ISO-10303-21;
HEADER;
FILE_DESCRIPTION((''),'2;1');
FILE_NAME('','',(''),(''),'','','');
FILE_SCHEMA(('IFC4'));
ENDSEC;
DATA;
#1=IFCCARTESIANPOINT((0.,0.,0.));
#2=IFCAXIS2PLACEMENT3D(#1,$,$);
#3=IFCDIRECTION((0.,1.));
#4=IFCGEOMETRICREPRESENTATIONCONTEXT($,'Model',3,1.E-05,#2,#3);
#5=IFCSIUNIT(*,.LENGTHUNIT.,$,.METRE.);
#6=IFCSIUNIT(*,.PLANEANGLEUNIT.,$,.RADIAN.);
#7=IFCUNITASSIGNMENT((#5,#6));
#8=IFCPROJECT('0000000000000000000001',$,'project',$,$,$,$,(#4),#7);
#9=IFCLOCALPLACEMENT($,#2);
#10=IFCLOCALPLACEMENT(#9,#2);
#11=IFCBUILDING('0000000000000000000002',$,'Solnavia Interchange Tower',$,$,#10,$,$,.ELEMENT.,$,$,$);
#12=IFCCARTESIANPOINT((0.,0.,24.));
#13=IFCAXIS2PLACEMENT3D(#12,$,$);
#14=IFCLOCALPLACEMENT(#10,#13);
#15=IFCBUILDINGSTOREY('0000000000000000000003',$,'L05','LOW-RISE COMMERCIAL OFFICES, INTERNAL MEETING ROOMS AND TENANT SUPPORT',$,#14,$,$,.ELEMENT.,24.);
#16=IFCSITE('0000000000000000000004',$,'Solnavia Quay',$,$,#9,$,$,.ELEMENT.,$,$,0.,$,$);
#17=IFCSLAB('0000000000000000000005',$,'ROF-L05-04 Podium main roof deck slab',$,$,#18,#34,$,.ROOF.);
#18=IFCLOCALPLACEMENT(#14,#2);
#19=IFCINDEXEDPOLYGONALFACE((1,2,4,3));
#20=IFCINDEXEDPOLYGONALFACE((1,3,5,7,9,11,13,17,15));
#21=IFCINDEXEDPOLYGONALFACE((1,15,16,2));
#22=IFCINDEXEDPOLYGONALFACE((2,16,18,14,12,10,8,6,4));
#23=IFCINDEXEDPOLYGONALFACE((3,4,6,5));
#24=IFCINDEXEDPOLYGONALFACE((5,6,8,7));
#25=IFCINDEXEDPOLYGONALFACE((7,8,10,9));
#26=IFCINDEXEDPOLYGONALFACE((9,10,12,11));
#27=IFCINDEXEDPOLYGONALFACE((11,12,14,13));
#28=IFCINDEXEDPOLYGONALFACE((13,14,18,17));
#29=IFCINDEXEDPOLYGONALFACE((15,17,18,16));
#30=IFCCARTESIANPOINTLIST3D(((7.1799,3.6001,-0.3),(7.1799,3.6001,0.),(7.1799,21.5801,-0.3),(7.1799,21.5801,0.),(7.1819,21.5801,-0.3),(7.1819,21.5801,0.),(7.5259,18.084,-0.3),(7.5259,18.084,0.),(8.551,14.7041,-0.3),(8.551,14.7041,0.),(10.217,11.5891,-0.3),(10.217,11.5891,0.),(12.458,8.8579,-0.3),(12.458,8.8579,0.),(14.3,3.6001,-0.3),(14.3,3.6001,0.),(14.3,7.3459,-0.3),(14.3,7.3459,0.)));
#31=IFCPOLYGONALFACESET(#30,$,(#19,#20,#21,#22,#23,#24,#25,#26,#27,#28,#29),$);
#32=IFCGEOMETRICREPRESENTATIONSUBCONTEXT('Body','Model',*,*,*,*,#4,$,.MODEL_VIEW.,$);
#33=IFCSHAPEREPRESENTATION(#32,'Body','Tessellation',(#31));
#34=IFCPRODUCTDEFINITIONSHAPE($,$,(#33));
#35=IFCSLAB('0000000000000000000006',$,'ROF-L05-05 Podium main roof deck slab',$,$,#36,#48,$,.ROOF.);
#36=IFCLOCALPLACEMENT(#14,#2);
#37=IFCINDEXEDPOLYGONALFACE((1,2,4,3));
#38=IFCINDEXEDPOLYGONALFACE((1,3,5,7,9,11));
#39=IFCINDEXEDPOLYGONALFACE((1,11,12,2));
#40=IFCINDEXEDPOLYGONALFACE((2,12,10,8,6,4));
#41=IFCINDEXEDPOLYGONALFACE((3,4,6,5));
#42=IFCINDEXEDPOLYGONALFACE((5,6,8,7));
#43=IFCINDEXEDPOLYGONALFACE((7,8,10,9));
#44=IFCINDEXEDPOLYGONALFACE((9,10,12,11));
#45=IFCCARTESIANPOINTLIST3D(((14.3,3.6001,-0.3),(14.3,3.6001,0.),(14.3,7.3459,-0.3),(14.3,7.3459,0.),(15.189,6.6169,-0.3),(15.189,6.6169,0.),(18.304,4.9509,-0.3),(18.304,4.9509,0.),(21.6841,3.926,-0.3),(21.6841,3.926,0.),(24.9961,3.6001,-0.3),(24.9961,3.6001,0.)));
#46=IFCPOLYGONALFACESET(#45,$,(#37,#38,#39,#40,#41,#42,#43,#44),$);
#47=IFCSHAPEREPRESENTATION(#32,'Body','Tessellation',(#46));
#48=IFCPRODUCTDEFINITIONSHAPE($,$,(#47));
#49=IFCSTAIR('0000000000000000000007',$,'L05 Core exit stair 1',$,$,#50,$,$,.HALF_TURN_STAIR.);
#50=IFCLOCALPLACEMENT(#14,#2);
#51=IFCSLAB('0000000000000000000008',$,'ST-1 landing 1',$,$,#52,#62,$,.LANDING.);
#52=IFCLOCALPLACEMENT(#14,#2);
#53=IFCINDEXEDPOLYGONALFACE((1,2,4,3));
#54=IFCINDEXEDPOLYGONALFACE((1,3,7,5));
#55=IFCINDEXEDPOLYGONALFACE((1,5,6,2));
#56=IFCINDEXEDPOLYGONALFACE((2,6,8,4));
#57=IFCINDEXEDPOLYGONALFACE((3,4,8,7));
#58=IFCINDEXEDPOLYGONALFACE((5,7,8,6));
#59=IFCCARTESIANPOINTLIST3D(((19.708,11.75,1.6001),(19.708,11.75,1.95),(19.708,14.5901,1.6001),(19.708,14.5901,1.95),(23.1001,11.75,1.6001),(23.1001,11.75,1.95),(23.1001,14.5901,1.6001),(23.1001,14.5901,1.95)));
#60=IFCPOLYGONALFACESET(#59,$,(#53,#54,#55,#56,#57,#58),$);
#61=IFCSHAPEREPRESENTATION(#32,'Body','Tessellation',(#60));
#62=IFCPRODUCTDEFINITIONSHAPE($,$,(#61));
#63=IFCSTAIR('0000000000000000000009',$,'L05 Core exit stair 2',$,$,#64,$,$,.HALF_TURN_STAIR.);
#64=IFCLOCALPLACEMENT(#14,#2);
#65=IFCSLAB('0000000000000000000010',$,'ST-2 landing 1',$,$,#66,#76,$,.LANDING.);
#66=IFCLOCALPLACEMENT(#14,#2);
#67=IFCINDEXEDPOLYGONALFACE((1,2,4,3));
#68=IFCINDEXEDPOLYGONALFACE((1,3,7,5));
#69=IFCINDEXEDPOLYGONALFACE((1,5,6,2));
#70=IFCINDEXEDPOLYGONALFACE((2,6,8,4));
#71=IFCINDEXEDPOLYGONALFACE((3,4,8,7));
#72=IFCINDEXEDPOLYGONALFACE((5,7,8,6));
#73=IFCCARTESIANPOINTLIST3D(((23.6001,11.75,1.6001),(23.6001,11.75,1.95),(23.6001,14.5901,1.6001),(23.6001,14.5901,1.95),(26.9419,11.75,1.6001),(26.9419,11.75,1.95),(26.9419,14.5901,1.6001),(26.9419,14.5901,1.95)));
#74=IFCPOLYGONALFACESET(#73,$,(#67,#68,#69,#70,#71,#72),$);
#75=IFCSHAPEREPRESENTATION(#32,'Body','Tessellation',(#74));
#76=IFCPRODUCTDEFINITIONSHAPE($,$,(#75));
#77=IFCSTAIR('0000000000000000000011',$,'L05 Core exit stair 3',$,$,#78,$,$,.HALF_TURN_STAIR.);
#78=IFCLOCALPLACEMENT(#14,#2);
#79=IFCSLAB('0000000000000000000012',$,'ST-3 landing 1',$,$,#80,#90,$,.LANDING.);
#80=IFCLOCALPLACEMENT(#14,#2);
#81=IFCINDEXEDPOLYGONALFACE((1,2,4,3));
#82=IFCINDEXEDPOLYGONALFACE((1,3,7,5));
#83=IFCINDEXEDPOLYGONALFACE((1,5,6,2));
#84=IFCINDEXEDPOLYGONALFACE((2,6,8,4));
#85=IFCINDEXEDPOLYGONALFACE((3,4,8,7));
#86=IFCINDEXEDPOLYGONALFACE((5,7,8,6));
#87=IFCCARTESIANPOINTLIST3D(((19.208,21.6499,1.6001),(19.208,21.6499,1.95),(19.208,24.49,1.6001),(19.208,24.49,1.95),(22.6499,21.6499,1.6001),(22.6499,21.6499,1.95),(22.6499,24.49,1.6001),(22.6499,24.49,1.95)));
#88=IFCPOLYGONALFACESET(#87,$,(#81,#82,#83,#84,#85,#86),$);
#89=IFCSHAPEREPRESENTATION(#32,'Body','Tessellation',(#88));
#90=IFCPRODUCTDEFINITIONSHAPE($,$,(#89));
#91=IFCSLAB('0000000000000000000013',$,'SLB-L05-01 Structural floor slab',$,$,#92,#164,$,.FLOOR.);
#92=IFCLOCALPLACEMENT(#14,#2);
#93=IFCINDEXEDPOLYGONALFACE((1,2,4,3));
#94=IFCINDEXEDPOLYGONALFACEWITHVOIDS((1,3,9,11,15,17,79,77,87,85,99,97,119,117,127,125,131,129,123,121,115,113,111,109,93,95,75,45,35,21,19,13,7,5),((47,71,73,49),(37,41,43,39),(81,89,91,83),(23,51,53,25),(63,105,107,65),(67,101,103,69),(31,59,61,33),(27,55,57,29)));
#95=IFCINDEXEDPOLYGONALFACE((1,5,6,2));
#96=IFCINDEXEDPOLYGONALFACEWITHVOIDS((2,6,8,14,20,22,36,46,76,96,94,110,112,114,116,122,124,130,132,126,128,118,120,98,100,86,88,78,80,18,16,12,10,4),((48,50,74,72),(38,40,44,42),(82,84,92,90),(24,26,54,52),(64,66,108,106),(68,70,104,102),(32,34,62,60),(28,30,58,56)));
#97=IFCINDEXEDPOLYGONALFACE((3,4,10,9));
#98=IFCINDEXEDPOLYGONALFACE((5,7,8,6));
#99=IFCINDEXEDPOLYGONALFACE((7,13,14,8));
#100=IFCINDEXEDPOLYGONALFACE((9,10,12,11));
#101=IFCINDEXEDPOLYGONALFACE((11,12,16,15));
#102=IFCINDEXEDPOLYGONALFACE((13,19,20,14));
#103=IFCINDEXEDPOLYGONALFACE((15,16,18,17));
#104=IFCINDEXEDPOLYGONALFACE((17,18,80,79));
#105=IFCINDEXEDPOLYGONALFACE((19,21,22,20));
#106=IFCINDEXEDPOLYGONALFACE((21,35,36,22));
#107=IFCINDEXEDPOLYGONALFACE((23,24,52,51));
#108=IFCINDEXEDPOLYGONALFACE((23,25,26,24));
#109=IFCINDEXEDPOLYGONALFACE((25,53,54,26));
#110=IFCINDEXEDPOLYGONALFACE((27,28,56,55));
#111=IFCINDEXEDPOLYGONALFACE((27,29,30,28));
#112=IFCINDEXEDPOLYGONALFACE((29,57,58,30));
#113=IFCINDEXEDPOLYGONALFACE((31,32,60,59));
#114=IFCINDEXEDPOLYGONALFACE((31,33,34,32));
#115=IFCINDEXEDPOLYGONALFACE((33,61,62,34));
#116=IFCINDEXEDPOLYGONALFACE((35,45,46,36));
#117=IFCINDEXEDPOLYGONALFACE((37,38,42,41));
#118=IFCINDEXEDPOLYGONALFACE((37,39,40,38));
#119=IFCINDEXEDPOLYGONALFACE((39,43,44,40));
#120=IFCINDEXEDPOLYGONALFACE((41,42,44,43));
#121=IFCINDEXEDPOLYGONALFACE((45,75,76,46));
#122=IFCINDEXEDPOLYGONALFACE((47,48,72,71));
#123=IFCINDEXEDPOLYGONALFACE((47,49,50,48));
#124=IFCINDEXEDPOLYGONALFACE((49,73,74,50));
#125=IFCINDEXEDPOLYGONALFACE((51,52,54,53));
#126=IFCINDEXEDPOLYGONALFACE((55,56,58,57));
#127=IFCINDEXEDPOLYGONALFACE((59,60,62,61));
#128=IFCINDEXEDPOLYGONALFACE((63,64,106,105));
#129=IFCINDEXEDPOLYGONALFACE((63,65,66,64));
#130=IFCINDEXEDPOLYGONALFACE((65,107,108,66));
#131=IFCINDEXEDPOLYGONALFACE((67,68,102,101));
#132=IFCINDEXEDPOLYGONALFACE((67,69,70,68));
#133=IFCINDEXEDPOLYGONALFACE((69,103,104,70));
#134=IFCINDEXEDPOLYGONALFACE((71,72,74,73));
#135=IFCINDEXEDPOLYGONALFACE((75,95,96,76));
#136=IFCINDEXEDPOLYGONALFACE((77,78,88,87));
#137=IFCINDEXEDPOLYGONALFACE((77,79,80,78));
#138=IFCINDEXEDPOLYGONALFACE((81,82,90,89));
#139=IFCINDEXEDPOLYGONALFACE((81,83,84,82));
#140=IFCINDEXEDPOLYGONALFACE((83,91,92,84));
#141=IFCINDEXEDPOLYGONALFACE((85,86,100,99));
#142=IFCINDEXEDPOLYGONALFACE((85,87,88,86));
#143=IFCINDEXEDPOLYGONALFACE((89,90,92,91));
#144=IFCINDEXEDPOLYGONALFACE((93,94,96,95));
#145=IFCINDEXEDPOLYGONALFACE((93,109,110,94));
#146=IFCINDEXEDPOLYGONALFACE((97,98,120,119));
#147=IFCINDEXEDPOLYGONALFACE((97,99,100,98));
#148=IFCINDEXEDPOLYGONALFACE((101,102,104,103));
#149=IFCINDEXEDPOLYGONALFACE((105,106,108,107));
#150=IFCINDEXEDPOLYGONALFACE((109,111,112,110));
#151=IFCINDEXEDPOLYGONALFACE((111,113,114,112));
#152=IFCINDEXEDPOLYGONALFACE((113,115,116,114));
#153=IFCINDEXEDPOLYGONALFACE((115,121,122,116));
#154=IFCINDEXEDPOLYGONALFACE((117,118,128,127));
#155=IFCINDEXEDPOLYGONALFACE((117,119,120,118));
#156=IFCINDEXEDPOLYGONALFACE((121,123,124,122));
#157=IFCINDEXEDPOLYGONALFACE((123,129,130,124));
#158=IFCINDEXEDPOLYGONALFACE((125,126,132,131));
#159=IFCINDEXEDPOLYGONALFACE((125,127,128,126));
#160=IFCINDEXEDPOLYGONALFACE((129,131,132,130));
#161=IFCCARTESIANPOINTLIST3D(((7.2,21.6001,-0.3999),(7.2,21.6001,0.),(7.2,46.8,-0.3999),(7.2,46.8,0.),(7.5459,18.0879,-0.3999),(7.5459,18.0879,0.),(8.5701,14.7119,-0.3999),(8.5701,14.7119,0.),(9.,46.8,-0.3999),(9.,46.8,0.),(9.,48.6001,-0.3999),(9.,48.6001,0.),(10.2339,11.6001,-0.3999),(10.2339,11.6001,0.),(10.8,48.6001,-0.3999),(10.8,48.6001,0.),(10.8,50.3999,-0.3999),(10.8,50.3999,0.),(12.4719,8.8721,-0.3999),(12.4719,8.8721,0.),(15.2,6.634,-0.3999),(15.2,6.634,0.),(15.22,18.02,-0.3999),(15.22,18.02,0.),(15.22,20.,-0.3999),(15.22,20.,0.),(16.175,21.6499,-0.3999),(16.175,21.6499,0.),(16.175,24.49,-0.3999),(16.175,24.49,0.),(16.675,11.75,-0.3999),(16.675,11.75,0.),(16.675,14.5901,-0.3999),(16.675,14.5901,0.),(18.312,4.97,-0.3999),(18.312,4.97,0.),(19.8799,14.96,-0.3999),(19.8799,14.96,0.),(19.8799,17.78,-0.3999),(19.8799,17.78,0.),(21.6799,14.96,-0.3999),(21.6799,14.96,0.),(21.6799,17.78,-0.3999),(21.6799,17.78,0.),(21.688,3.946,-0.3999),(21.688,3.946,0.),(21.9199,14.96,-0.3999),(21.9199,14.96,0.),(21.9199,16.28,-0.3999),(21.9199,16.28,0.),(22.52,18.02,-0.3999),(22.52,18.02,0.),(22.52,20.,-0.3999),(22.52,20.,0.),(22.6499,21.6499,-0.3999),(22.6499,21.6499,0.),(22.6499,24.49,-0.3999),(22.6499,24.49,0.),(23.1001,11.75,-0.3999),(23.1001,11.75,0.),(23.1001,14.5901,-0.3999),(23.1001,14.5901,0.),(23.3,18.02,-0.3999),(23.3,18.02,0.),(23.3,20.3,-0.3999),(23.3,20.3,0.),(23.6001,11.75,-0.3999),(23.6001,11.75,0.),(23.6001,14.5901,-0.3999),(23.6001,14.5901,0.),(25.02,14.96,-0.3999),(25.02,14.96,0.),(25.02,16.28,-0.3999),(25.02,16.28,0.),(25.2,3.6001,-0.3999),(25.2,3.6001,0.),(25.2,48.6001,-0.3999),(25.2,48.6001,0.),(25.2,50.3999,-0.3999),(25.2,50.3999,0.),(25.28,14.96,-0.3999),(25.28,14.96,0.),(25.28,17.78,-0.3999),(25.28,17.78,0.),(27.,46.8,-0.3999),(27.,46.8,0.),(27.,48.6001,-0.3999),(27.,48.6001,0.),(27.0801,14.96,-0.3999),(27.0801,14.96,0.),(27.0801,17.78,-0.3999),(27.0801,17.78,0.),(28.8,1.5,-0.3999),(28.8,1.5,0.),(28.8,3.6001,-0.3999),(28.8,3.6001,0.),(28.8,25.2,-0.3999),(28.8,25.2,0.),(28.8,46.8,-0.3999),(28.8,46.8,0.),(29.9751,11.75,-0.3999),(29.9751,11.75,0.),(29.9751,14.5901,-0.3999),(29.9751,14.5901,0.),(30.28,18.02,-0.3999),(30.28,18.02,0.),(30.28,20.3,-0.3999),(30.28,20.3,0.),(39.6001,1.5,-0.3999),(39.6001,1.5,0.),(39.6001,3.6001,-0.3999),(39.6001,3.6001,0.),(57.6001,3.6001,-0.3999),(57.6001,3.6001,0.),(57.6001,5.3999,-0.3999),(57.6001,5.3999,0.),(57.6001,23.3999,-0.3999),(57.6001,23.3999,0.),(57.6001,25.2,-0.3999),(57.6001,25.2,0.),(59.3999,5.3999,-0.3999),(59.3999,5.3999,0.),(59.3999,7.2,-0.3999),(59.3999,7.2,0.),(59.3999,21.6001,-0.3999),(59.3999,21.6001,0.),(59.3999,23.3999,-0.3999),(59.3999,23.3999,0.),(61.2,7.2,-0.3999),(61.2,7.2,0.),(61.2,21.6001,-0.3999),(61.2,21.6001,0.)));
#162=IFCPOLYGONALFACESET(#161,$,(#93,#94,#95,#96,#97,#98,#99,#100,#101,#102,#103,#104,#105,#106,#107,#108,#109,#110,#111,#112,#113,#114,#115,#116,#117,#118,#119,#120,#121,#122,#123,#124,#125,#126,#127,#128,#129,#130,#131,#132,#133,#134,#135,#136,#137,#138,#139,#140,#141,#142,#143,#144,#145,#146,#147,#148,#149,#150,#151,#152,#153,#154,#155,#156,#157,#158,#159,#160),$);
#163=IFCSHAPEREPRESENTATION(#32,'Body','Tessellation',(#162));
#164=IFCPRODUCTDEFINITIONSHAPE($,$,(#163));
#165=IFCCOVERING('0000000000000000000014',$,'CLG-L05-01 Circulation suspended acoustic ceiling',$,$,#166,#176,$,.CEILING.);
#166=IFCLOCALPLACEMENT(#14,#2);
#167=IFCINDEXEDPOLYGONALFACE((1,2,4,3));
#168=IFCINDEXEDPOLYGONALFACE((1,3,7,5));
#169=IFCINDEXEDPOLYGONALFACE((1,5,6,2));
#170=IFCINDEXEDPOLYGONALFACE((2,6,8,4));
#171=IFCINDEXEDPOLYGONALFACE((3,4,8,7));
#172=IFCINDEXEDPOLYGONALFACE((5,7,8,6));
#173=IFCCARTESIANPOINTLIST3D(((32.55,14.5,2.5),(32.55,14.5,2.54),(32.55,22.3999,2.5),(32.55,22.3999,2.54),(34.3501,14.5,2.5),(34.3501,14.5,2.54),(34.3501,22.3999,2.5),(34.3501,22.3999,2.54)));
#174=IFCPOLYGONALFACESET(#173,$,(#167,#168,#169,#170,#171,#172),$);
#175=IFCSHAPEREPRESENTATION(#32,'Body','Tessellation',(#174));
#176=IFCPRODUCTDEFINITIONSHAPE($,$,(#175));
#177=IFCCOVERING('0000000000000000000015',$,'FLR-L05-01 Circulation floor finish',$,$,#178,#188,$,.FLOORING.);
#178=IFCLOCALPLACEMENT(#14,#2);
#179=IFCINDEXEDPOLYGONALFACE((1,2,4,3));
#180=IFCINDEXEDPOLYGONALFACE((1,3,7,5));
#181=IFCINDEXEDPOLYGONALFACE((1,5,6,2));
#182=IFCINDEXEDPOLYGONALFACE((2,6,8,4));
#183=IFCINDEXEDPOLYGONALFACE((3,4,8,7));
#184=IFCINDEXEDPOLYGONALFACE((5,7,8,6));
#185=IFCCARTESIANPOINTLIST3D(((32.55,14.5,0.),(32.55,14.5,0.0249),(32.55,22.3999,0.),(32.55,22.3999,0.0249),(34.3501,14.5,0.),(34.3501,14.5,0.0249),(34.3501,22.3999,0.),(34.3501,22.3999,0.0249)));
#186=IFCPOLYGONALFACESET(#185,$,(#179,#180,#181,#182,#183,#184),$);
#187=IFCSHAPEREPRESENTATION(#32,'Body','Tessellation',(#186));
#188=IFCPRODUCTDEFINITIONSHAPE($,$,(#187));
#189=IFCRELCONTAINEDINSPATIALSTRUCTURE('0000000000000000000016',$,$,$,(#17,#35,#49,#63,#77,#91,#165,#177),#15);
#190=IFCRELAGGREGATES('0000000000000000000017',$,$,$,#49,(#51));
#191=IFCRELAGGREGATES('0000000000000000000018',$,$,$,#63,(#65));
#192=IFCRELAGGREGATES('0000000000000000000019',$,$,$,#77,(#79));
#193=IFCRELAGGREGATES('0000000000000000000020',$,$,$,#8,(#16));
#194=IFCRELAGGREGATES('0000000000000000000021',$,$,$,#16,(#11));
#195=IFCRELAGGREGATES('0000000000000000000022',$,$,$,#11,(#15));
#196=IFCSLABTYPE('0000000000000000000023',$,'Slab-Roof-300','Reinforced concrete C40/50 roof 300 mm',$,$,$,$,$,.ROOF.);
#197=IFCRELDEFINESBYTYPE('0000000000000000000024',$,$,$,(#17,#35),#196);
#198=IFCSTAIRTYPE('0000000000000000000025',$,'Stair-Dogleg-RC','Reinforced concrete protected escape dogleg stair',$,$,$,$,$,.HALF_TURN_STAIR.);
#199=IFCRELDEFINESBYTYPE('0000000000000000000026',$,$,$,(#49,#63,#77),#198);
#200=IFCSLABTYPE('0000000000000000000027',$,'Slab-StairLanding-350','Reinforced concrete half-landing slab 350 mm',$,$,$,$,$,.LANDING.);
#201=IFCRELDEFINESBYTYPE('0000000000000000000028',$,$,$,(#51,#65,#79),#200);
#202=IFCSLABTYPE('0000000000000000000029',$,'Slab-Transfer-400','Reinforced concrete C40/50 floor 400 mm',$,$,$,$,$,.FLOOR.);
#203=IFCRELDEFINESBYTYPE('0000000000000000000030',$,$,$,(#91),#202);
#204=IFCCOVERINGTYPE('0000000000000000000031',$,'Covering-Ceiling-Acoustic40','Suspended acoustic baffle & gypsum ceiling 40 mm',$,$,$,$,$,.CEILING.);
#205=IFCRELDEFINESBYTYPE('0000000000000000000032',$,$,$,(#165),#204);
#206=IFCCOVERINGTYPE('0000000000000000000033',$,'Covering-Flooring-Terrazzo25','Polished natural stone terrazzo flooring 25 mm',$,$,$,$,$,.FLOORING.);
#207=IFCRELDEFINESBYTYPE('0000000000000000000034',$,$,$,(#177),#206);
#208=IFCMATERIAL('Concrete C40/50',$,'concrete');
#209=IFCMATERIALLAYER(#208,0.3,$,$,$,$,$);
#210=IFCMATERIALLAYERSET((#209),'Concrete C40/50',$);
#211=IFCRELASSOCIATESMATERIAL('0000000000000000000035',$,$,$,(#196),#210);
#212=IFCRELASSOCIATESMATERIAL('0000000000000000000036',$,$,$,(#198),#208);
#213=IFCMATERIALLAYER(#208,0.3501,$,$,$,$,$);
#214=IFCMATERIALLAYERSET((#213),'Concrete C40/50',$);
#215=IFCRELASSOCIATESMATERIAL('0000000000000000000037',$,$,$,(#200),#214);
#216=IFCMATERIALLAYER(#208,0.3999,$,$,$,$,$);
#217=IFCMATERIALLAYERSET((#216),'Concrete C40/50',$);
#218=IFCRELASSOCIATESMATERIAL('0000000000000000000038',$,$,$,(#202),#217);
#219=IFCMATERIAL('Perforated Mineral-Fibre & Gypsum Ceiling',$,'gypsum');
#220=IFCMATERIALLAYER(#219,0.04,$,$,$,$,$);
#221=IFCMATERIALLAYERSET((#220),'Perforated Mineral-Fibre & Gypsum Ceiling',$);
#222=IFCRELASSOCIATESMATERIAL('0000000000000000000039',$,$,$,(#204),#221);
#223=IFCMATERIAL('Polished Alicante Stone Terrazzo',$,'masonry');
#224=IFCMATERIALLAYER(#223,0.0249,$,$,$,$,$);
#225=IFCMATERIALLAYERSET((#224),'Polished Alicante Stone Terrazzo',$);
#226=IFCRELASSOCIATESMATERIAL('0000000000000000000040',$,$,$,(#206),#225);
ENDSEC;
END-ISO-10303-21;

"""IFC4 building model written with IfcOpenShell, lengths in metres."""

from ifc_helpers import new_model, si_unit, direction, frame, origin, place, context, subcontext, project, spatial, polyline, outline, extrude, material, layer, layer_set, type_object, element, aggregate, save


model = new_model("IFC4")

# Units and contexts
model_context = context("Model", 3, precision=1e-05, world=origin(), true_north=direction((0.0, 1.0)))
body_context = subcontext(model_context, "Body", "Model", "MODEL_VIEW")
ifc_project = project(units=[si_unit("LENGTHUNIT", "METRE"), si_unit("PLANEANGLEUNIT", "RADIAN")], contexts=[model_context])

# Site, building, storey
site_placement = place(None, origin())
site = spatial("IfcSite", under=ifc_project, at=site_placement, Name="Solnavia Quay", CompositionType="ELEMENT", RefElevation=0.0)
building_placement = place(site_placement, origin())
building = spatial("IfcBuilding", under=site, at=building_placement, Name="Solnavia Interchange Tower", CompositionType="ELEMENT")
storey_placement = place(building_placement, frame((0.0, 0.0, 24.0)))
storey = spatial("IfcBuildingStorey", under=building, at=storey_placement, Name="L05", Description="LOW-RISE COMMERCIAL OFFICES, INTERNAL MEETING ROOMS AND TENANT SUPPORT", CompositionType="ELEMENT", Elevation=24.0)

# Shared definitions
ifc_material_1 = material(Name="Concrete C40/50", Category="concrete")
ifc_layer_1 = layer(ifc_material_1, 0.3)
ifc_layer_set_1 = layer_set([ifc_layer_1], Name="Concrete C40/50")
slab_type_1 = type_object("IfcSlabType", Name="Slab-Roof-300", Description="Reinforced concrete C40/50 roof 300 mm", PredefinedType="ROOF", material=ifc_layer_set_1)

# Slabs
slab_1_placement = place(storey_placement, frame((0.0, 0.0, -0.3)))
element("IfcSlab", 1, at=slab_1_placement, inside=storey, type_object=slab_type_1, Name="ROF-L05-04 Podium main roof deck slab", PredefinedType="ROOF", context=body_context, shape_type="SweptSolid", body=[
    extrude(outline(polyline([(7.5259, 18.084), (8.551, 14.7041), (10.217, 11.5891), (12.458, 8.8579), (14.3, 7.3459), (14.3, 3.6001), (7.1799, 3.6001), (7.1799, 21.5801), (7.1819, 21.5801), (7.5259, 18.084)])), origin(), (0.0, 0.0, 1.0), 0.3),
])
slab_2_placement = place(storey_placement, frame((0.0, 0.0, -0.3)))
element("IfcSlab", 2, at=slab_2_placement, inside=storey, type_object=slab_type_1, Name="ROF-L05-05 Podium main roof deck slab", PredefinedType="ROOF", context=body_context, shape_type="SweptSolid", body=[
    extrude(outline(polyline([(15.189, 6.6169), (18.304, 4.9509), (21.6841, 3.926), (24.9961, 3.6001), (14.3, 3.6001), (14.3, 7.3459), (15.189, 6.6169)])), origin(), (0.0, 0.0, 1.0), 0.3),
])

# Stairs, slabs
stair_type = type_object("IfcStairType", Name="Stair-Dogleg-RC", Description="Reinforced concrete protected escape dogleg stair", PredefinedType="HALF_TURN_STAIR", material=ifc_material_1)
stair_1_placement = place(storey_placement, origin())
stair_1 = element("IfcStair", 3, at=stair_1_placement, inside=storey, type_object=stair_type, Name="L05 Core exit stair 1", PredefinedType="HALF_TURN_STAIR")
ifc_layer_2 = layer(ifc_material_1, 0.3501)
ifc_layer_set_2 = layer_set([ifc_layer_2], Name="Concrete C40/50")
slab_type_2 = type_object("IfcSlabType", Name="Slab-StairLanding-350", Description="Reinforced concrete half-landing slab 350 mm", PredefinedType="LANDING", material=ifc_layer_set_2)
slab_3_placement = place(storey_placement, frame((0.0, 0.0, 1.6001)))
slab_3 = element("IfcSlab", 4, at=slab_3_placement, type_object=slab_type_2, Name="ST-1 landing 1", PredefinedType="LANDING", context=body_context, shape_type="SweptSolid", body=[
    extrude(outline(polyline([(19.708, 11.75), (23.1001, 11.75), (23.1001, 14.5901), (19.708, 14.5901), (19.708, 11.75)])), origin(), (0.0, 0.0, 1.0), 0.3499),
])
aggregate(stair_1, [slab_3])
stair_2_placement = place(storey_placement, origin())
stair_2 = element("IfcStair", 5, at=stair_2_placement, inside=storey, type_object=stair_type, Name="L05 Core exit stair 2", PredefinedType="HALF_TURN_STAIR")
slab_4_placement = place(storey_placement, frame((0.0, 0.0, 1.6001)))
slab_4 = element("IfcSlab", 6, at=slab_4_placement, type_object=slab_type_2, Name="ST-2 landing 1", PredefinedType="LANDING", context=body_context, shape_type="SweptSolid", body=[
    extrude(outline(polyline([(23.6001, 11.75), (26.9419, 11.75), (26.9419, 14.5901), (23.6001, 14.5901), (23.6001, 11.75)])), origin(), (0.0, 0.0, 1.0), 0.3499),
])
aggregate(stair_2, [slab_4])
stair_3_placement = place(storey_placement, origin())
stair_3 = element("IfcStair", 7, at=stair_3_placement, inside=storey, type_object=stair_type, Name="L05 Core exit stair 3", PredefinedType="HALF_TURN_STAIR")
slab_5_placement = place(storey_placement, frame((0.0, 0.0, 1.6001)))
slab_5 = element("IfcSlab", 8, at=slab_5_placement, type_object=slab_type_2, Name="ST-3 landing 1", PredefinedType="LANDING", context=body_context, shape_type="SweptSolid", body=[
    extrude(outline(polyline([(19.208, 21.6499), (22.6499, 21.6499), (22.6499, 24.49), (19.208, 24.49), (19.208, 21.6499)])), origin(), (0.0, 0.0, 1.0), 0.3499),
])
aggregate(stair_3, [slab_5])

# Slab
ifc_layer_3 = layer(ifc_material_1, 0.3999)
ifc_layer_set_3 = layer_set([ifc_layer_3], Name="Concrete C40/50")
slab_type_3 = type_object("IfcSlabType", Name="Slab-Transfer-400", Description="Reinforced concrete C40/50 floor 400 mm", PredefinedType="FLOOR", material=ifc_layer_set_3)
slab_6_placement = place(storey_placement, frame((0.0, 0.0, -0.3999)))
element("IfcSlab", 9, at=slab_6_placement, inside=storey, type_object=slab_type_3, Name="SLB-L05-01 Structural floor slab", PredefinedType="FLOOR", context=body_context, shape_type="SweptSolid", body=[
    extrude(outline(polyline([(25.2, 3.6001), (28.8, 3.6001), (28.8, 1.5), (39.6001, 1.5), (39.6001, 3.6001), (57.6001, 3.6001), (57.6001, 5.3999), (59.3999, 5.3999), (59.3999, 7.2), (61.2, 7.2), (61.2, 21.6001), (59.3999, 21.6001), (59.3999, 23.3999), (57.6001, 23.3999), (57.6001, 25.2), (28.8, 25.2), (28.8, 46.8), (27.0, 46.8), (27.0, 48.6001), (25.2, 48.6001), (25.2, 50.3999), (10.8, 50.3999), (10.8, 48.6001), (9.0, 48.6001), (9.0, 46.8), (7.2, 46.8), (7.2, 21.6001), (7.5459, 18.0879), (8.5701, 14.7119), (10.2339, 11.6001), (12.4719, 8.8721), (15.2, 6.634), (18.312, 4.97), (21.688, 3.946), (25.2, 3.6001)]), holes=[polyline([(16.675, 11.75), (23.1001, 11.75), (23.1001, 14.5901), (16.675, 14.5901), (16.675, 11.75)]), polyline([(23.6001, 11.75), (29.9751, 11.75), (29.9751, 14.5901), (23.6001, 14.5901), (23.6001, 11.75)]), polyline([(16.175, 21.6499), (22.6499, 21.6499), (22.6499, 24.49), (16.175, 24.49), (16.175, 21.6499)]), polyline([(19.8799, 14.96), (21.6799, 14.96), (21.6799, 17.78), (19.8799, 17.78), (19.8799, 14.96)]), polyline([(25.28, 14.96), (27.0801, 14.96), (27.0801, 17.78), (25.28, 17.78), (25.28, 14.96)]), polyline([(21.9199, 14.96), (25.02, 14.96), (25.02, 16.28), (21.9199, 16.28), (21.9199, 14.96)]), polyline([(15.22, 18.02), (22.52, 18.02), (22.52, 20.0), (15.22, 20.0), (15.22, 18.02)]), polyline([(23.3, 18.02), (30.28, 18.02), (30.28, 20.3), (23.3, 20.3), (23.3, 18.02)])]), origin(), (0.0, 0.0, 1.0), 0.3999),
])

# Coverings
ifc_material_2 = material(Name="Perforated Mineral-Fibre & Gypsum Ceiling", Category="gypsum")
ifc_layer_4 = layer(ifc_material_2, 0.04)
ifc_layer_set_4 = layer_set([ifc_layer_4], Name="Perforated Mineral-Fibre & Gypsum Ceiling")
covering_type_1 = type_object("IfcCoveringType", Name="Covering-Ceiling-Acoustic40", Description="Suspended acoustic baffle & gypsum ceiling 40 mm", PredefinedType="CEILING", material=ifc_layer_set_4)
covering_1_placement = place(storey_placement, frame((0.0, 0.0, 2.5)))
element("IfcCovering", 10, at=covering_1_placement, inside=storey, type_object=covering_type_1, Name="CLG-L05-01 Circulation suspended acoustic ceiling", PredefinedType="CEILING", context=body_context, shape_type="SweptSolid", body=[
    extrude(outline(polyline([(32.55, 14.5), (34.3501, 14.5), (34.3501, 22.3999), (32.55, 22.3999), (32.55, 14.5)])), origin(), (0.0, 0.0, 1.0), 0.04),
])
ifc_material_3 = material(Name="Polished Alicante Stone Terrazzo", Category="masonry")
ifc_layer_5 = layer(ifc_material_3, 0.0249)
ifc_layer_set_5 = layer_set([ifc_layer_5], Name="Polished Alicante Stone Terrazzo")
covering_type_2 = type_object("IfcCoveringType", Name="Covering-Flooring-Terrazzo25", Description="Polished natural stone terrazzo flooring 25 mm", PredefinedType="FLOORING", material=ifc_layer_set_5)
covering_2_placement = place(storey_placement, origin())
element("IfcCovering", 11, at=covering_2_placement, inside=storey, type_object=covering_type_2, Name="FLR-L05-01 Circulation floor finish", PredefinedType="FLOORING", context=body_context, shape_type="SweptSolid", body=[
    extrude(outline(polyline([(32.55, 14.5), (34.3501, 14.5), (34.3501, 22.3999), (32.55, 22.3999), (32.55, 14.5)])), origin(), (0.0, 0.0, 1.0), 0.0249),
])

save(model, "model.ifc")
